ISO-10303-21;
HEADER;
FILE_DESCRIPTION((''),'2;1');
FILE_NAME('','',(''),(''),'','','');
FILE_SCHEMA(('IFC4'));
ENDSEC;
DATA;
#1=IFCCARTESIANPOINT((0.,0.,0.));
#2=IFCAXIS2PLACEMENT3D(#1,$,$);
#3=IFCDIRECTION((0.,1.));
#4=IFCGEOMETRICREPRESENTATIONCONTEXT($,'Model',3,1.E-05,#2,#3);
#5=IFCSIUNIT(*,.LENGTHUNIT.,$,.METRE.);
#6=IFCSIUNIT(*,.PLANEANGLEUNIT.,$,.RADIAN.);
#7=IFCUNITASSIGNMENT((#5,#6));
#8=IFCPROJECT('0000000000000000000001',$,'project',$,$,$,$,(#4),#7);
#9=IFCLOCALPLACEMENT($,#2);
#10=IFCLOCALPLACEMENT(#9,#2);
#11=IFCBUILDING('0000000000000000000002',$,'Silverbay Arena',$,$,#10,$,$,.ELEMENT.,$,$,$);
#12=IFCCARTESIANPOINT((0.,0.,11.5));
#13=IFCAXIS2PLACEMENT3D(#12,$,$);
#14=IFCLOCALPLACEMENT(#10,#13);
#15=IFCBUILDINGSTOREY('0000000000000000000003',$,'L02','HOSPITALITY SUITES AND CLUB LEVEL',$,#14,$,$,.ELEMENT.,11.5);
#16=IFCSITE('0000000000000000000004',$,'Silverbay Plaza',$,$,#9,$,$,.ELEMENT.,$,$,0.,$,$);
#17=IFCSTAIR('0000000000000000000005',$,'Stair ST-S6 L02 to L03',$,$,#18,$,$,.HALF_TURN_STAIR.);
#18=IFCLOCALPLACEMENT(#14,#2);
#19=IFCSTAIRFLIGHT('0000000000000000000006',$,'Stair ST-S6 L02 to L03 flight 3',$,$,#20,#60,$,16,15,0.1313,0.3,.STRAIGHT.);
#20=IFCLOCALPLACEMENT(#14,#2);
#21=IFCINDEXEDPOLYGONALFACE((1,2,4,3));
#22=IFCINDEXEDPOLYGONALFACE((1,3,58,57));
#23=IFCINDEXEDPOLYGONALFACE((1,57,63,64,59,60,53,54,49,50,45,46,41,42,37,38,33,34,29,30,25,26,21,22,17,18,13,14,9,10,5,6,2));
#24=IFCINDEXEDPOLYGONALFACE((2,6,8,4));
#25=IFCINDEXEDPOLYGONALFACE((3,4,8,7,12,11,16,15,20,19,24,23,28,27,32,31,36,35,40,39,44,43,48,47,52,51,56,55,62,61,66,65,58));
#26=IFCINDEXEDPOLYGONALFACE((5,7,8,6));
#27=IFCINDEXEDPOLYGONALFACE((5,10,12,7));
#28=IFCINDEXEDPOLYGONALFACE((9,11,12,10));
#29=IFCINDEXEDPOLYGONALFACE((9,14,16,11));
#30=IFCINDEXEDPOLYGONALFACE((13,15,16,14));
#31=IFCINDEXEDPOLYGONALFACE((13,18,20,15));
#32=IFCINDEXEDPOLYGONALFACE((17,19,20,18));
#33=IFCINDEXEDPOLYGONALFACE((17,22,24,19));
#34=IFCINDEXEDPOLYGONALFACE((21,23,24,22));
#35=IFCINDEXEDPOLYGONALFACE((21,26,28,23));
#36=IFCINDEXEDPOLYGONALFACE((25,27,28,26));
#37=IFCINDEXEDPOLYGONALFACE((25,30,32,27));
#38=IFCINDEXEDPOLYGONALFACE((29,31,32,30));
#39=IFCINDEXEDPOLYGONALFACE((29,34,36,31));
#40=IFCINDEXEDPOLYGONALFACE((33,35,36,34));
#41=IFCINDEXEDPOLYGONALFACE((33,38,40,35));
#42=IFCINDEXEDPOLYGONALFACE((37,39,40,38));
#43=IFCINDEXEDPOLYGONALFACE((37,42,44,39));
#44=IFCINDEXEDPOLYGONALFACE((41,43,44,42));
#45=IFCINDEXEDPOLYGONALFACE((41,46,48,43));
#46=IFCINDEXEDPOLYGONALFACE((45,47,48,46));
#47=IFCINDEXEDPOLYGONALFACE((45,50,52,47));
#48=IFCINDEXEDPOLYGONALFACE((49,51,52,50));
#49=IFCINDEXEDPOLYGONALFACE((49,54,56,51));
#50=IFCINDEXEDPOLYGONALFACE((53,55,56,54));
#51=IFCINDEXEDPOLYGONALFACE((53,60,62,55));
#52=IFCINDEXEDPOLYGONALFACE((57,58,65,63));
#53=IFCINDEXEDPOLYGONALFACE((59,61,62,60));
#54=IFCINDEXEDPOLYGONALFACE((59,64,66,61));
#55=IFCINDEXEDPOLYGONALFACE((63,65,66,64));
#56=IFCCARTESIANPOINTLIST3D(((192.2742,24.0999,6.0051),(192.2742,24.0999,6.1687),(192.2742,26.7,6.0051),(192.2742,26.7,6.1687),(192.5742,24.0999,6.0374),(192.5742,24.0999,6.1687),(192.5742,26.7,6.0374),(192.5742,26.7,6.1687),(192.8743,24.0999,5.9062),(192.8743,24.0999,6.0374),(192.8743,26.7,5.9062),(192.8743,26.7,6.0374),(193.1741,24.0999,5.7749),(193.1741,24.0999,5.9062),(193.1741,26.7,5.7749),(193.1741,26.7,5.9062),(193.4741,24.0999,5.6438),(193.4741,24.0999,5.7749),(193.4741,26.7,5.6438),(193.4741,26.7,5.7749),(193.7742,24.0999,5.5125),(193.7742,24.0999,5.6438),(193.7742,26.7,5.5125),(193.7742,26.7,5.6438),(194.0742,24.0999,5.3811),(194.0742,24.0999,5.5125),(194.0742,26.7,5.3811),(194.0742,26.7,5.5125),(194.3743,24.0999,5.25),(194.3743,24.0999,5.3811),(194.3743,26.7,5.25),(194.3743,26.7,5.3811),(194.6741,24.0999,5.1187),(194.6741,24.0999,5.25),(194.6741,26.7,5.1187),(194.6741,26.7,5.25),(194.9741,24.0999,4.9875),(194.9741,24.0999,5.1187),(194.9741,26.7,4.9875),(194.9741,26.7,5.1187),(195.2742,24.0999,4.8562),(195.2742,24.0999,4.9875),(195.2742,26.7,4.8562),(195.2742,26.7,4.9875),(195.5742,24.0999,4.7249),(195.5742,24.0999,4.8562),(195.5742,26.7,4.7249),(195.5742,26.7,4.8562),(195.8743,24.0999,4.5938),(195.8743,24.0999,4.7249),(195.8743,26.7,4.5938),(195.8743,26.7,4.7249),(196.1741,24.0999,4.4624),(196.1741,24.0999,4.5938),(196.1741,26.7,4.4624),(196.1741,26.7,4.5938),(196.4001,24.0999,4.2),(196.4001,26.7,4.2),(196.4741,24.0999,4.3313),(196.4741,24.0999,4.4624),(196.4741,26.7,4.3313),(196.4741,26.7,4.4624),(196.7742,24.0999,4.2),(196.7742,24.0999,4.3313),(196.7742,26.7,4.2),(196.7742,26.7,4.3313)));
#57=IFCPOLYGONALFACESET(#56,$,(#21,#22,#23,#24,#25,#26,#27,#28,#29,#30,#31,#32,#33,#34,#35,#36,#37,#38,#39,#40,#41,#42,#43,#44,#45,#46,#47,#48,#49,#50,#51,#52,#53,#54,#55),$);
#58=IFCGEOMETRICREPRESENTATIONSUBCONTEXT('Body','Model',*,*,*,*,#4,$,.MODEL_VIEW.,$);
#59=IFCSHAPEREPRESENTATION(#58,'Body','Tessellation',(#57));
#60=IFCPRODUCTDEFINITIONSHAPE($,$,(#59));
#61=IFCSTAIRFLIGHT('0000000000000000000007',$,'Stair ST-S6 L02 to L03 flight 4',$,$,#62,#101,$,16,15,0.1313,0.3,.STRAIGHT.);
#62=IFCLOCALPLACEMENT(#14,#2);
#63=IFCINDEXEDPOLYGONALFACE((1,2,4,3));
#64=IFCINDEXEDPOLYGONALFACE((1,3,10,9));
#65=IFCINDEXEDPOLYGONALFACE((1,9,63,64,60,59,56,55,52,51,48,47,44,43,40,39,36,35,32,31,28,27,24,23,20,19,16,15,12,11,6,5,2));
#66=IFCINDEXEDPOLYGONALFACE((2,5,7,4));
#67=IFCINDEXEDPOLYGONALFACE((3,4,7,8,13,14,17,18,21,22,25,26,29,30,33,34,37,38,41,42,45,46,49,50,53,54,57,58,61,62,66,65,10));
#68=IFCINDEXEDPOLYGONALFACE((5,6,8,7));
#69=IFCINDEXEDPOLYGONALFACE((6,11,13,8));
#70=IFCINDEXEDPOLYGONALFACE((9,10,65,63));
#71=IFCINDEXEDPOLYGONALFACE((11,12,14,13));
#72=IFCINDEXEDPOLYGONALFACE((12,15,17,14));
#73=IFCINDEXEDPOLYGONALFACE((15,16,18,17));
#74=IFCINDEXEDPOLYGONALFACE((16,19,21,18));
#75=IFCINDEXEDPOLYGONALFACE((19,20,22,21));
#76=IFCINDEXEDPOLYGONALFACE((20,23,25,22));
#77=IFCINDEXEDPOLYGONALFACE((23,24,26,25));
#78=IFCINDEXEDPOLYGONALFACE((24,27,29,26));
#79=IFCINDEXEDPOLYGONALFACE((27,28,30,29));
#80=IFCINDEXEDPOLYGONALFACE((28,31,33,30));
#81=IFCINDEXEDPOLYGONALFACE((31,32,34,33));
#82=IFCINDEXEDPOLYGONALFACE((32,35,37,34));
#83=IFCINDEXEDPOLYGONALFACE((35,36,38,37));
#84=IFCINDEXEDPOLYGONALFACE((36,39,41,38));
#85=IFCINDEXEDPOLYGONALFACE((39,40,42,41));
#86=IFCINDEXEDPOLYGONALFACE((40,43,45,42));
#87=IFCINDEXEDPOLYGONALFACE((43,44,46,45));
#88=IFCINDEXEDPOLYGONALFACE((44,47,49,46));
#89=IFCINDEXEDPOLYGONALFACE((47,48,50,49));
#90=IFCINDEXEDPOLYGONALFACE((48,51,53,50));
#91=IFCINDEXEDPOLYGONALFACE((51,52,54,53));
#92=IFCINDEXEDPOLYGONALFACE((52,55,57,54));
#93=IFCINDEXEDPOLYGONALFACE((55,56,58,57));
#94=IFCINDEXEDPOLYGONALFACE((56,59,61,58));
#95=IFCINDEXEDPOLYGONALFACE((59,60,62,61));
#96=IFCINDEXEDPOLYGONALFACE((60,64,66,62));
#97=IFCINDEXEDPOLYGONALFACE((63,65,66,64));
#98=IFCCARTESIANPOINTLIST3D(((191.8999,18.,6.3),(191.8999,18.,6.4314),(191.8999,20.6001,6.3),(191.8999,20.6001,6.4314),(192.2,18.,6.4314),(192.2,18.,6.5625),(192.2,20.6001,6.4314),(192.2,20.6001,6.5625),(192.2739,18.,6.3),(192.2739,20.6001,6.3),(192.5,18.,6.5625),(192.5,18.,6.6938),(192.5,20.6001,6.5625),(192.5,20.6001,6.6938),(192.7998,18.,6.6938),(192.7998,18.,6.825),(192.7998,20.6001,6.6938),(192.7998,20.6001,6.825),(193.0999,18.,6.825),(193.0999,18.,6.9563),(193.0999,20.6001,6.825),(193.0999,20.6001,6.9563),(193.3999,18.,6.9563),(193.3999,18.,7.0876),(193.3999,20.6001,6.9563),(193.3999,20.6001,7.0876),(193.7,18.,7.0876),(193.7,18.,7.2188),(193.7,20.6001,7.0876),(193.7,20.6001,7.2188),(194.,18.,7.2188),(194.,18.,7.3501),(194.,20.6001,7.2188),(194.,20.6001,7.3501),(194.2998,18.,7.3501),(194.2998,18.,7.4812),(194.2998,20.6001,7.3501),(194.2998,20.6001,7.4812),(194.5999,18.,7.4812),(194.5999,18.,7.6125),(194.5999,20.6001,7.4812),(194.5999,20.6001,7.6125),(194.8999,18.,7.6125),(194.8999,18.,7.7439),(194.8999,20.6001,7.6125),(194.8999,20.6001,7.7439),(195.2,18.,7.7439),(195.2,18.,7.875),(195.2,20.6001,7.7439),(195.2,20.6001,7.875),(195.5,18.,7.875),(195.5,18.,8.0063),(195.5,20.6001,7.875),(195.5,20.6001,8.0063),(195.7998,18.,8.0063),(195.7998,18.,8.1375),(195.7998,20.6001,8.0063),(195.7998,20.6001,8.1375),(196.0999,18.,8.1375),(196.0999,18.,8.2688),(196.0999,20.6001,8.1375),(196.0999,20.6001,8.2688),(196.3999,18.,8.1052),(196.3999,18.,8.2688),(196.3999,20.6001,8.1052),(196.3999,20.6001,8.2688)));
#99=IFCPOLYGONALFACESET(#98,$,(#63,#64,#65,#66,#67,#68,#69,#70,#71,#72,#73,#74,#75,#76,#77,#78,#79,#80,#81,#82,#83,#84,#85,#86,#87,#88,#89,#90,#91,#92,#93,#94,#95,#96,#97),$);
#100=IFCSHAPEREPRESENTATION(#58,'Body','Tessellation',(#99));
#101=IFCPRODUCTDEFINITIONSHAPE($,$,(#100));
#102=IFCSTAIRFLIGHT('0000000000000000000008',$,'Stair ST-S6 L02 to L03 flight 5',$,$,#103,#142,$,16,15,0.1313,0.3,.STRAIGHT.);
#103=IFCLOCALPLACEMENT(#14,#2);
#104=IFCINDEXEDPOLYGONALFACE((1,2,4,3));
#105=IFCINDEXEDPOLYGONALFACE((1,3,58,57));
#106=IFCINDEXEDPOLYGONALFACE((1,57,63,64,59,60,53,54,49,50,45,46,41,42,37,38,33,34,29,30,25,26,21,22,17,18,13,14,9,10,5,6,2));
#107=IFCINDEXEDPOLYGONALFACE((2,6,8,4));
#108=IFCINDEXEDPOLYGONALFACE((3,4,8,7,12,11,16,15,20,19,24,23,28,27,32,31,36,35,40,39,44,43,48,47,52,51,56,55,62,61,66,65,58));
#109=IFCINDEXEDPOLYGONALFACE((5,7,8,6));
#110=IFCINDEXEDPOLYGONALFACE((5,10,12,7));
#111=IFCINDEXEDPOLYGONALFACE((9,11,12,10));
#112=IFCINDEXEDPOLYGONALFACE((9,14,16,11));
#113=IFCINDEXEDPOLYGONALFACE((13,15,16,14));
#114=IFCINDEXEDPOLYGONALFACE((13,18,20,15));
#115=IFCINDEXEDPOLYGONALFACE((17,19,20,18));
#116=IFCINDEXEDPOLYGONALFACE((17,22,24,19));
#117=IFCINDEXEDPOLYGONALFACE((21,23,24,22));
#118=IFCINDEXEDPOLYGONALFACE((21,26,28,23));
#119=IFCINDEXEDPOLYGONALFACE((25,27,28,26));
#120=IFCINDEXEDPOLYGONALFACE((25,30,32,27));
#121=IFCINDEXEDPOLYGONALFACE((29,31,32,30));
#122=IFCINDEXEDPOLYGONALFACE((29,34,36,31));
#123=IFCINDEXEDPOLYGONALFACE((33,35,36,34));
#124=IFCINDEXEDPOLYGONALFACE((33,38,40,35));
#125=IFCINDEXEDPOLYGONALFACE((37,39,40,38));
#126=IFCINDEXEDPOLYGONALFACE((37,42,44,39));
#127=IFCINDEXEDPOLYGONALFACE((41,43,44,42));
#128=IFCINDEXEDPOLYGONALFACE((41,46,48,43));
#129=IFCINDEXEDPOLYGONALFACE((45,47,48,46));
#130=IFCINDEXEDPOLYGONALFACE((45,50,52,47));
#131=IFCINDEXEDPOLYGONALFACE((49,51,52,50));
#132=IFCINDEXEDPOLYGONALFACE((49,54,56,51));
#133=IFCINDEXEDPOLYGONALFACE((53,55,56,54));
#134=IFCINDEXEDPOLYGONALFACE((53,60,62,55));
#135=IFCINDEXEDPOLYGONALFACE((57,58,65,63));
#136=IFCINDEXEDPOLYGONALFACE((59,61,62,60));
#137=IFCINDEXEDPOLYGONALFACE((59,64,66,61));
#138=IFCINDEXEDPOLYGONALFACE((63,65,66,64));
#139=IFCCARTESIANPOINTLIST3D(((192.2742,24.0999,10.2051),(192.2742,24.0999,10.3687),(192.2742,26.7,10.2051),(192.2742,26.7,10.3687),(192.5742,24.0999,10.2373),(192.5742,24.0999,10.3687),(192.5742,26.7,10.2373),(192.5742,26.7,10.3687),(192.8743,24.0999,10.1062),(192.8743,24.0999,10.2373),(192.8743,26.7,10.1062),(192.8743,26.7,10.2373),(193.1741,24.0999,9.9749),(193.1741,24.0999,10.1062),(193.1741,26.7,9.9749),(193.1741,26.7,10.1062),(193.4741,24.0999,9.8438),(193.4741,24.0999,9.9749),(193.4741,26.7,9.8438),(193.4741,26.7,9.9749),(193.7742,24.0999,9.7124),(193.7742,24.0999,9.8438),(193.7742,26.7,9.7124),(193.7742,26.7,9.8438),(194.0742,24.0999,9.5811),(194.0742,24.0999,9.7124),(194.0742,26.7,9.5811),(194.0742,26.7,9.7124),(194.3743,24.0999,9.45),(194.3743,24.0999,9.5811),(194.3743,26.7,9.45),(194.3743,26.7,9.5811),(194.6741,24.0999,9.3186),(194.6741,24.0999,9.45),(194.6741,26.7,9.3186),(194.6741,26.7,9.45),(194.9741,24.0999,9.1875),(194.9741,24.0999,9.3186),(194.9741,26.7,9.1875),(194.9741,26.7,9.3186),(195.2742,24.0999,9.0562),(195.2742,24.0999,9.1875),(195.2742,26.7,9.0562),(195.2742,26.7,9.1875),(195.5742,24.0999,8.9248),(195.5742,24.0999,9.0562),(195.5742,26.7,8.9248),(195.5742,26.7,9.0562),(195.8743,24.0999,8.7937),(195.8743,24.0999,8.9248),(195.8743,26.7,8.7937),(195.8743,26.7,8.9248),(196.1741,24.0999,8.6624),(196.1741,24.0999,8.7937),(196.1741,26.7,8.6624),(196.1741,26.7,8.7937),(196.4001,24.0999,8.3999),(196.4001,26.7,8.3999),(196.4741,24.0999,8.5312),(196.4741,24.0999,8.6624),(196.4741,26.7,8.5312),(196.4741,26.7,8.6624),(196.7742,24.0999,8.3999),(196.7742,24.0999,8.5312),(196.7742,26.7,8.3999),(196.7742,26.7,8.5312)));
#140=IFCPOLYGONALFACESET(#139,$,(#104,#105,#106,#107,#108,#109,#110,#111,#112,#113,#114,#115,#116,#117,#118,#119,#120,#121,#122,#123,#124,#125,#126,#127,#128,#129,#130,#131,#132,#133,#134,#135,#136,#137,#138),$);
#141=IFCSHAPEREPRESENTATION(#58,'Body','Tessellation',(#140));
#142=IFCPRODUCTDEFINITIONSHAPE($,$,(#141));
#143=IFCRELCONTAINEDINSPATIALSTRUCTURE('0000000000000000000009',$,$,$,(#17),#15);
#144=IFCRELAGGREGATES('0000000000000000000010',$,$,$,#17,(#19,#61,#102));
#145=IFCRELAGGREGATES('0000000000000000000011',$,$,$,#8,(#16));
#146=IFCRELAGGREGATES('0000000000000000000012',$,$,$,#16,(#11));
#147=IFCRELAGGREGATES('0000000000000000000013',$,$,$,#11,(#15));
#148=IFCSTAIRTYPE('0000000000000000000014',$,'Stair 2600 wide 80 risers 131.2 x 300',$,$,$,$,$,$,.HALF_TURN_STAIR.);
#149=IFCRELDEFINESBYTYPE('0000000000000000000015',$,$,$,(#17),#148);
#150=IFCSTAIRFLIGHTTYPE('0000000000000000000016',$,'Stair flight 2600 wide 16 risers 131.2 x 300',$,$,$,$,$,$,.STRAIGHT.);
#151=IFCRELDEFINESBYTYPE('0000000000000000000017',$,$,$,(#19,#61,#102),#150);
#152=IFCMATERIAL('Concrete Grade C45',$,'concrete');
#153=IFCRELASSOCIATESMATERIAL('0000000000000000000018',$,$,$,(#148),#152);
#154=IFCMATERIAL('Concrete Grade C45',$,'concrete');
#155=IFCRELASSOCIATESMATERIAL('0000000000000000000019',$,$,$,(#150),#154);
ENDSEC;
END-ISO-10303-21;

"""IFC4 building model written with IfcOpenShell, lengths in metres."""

from ifc_helpers import new_model, si_unit, direction, frame, origin, place, context, subcontext, project, spatial, polyline, outline, extrude, material, type_object, element, aggregate, save


model = new_model("IFC4")

# Units and contexts
model_context = context("Model", 3, precision=1e-05, world=origin(), true_north=direction((0.0, 1.0)))
body_context = subcontext(model_context, "Body", "Model", "MODEL_VIEW")
ifc_project = project(units=[si_unit("LENGTHUNIT", "METRE"), si_unit("PLANEANGLEUNIT", "RADIAN")], contexts=[model_context])

# Site, building, storey
site_placement = place(None, origin())
site = spatial("IfcSite", under=ifc_project, at=site_placement, Name="Silverbay Plaza", CompositionType="ELEMENT", RefElevation=0.0)
building_placement = place(site_placement, origin())
building = spatial("IfcBuilding", under=site, at=building_placement, Name="Silverbay Arena", CompositionType="ELEMENT")
storey_placement = place(building_placement, frame((0.0, 0.0, 11.5)))
storey = spatial("IfcBuildingStorey", under=building, at=storey_placement, Name="L02", Description="HOSPITALITY SUITES AND CLUB LEVEL", CompositionType="ELEMENT", Elevation=11.5)

# Stair, stair flights
ifc_material_1 = material(Name="Concrete Grade C45", Category="concrete")
stair_type = type_object("IfcStairType", Name="Stair 2600 wide 80 risers 131.2 x 300", PredefinedType="HALF_TURN_STAIR", material=ifc_material_1)
stair_placement = place(storey_placement, origin())
stair = element("IfcStair", 1, at=stair_placement, inside=storey, type_object=stair_type, Name="Stair ST-S6 L02 to L03", PredefinedType="HALF_TURN_STAIR")
ifc_material_2 = material(Name="Concrete Grade C45", Category="concrete")
stair_flight_type = type_object("IfcStairFlightType", Name="Stair flight 2600 wide 16 risers 131.2 x 300", PredefinedType="STRAIGHT", material=ifc_material_2)
stair_flight_1_placement = place(storey_placement, frame((196.7742, 25.3999, 4.2), z_axis=(0.0, 0.0, 1.0), x_axis=(-1.0, 0.0, 0.0)))
stair_flight_1 = element("IfcStairFlight", 2, at=stair_flight_1_placement, type_object=stair_flight_type, Name="Stair ST-S6 L02 to L03 flight 3", NumberOfRisers=16, NumberOfTreads=15, PredefinedType="STRAIGHT", RiserHeight=0.1313, TreadLength=0.3, context=body_context, shape_type="SweptSolid", body=[
    extrude(outline(polyline([(0.0, 0.0), (0.0, 0.1313), (0.3, 0.1313), (0.3, 0.2625), (0.6001, 0.2625), (0.6001, 0.3938), (0.8999, 0.3938), (0.8999, 0.5249), (1.2, 0.5249), (1.2, 0.6562), (1.5, 0.6562), (1.5, 0.7876), (1.8, 0.7876), (1.8, 0.9187), (2.1001, 0.9187), (2.1001, 1.05), (2.3999, 1.05), (2.3999, 1.1812), (2.7, 1.1812), (2.7, 1.3125), (3.0, 1.3125), (3.0, 1.4438), (3.3, 1.4438), (3.3, 1.575), (3.6001, 1.575), (3.6001, 1.7063), (3.8999, 1.7063), (3.8999, 1.8374), (4.2, 1.8374), (4.2, 1.9688), (4.5, 1.9688), (4.5, 1.8052), (0.374, 0.0), (0.0, 0.0)])), frame((0.0, 1.3, 0.0), z_axis=(0.0, -1.0, 0.0), x_axis=(1.0, 0.0, 0.0)), (0.0, 0.0, 1.0), 2.6001),
])
stair_flight_2_placement = place(storey_placement, frame((191.8999, 19.3, 6.3), z_axis=(0.0, 0.0, 1.0), x_axis=(1.0, 0.0, 0.0)))
stair_flight_2 = element("IfcStairFlight", 3, at=stair_flight_2_placement, type_object=stair_flight_type, Name="Stair ST-S6 L02 to L03 flight 4", NumberOfRisers=16, NumberOfTreads=15, PredefinedType="STRAIGHT", RiserHeight=0.1313, TreadLength=0.3, context=body_context, shape_type="SweptSolid", body=[
    extrude(outline(polyline([(0.0, 0.0), (0.0, 0.1313), (0.3, 0.1313), (0.3, 0.2625), (0.6001, 0.2625), (0.6001, 0.3938), (0.8999, 0.3938), (0.8999, 0.5249), (1.2, 0.5249), (1.2, 0.6562), (1.5, 0.6562), (1.5, 0.7876), (1.8, 0.7876), (1.8, 0.9187), (2.1001, 0.9187), (2.1001, 1.05), (2.3999, 1.05), (2.3999, 1.1812), (2.7, 1.1812), (2.7, 1.3125), (3.0, 1.3125), (3.0, 1.4438), (3.3, 1.4438), (3.3, 1.575), (3.6001, 1.575), (3.6001, 1.7063), (3.8999, 1.7063), (3.8999, 1.8374), (4.2, 1.8374), (4.2, 1.9688), (4.5, 1.9688), (4.5, 1.8052), (0.374, 0.0), (0.0, 0.0)])), frame((0.0, 1.3, 0.0), z_axis=(0.0, -1.0, 0.0), x_axis=(1.0, 0.0, 0.0)), (0.0, 0.0, 1.0), 2.6001),
])
stair_flight_3_placement = place(storey_placement, frame((196.7742, 25.3999, 8.3999), z_axis=(0.0, 0.0, 1.0), x_axis=(-1.0, 0.0, 0.0)))
stair_flight_3 = element("IfcStairFlight", 4, at=stair_flight_3_placement, type_object=stair_flight_type, Name="Stair ST-S6 L02 to L03 flight 5", NumberOfRisers=16, NumberOfTreads=15, PredefinedType="STRAIGHT", RiserHeight=0.1313, TreadLength=0.3, context=body_context, shape_type="SweptSolid", body=[
    extrude(outline(polyline([(0.0, 0.0), (0.0, 0.1313), (0.3, 0.1313), (0.3, 0.2625), (0.6001, 0.2625), (0.6001, 0.3938), (0.8999, 0.3938), (0.8999, 0.5249), (1.2, 0.5249), (1.2, 0.6562), (1.5, 0.6562), (1.5, 0.7876), (1.8, 0.7876), (1.8, 0.9187), (2.1001, 0.9187), (2.1001, 1.05), (2.3999, 1.05), (2.3999, 1.1812), (2.7, 1.1812), (2.7, 1.3125), (3.0, 1.3125), (3.0, 1.4438), (3.3, 1.4438), (3.3, 1.575), (3.6001, 1.575), (3.6001, 1.7063), (3.8999, 1.7063), (3.8999, 1.8374), (4.2, 1.8374), (4.2, 1.9688), (4.5, 1.9688), (4.5, 1.8052), (0.374, 0.0), (0.0, 0.0)])), frame((0.0, 1.3, 0.0), z_axis=(0.0, -1.0, 0.0), x_axis=(1.0, 0.0, 0.0)), (0.0, 0.0, 1.0), 2.6001),
])
aggregate(stair, [stair_flight_1, stair_flight_2, stair_flight_3])

save(model, "model.ifc")
